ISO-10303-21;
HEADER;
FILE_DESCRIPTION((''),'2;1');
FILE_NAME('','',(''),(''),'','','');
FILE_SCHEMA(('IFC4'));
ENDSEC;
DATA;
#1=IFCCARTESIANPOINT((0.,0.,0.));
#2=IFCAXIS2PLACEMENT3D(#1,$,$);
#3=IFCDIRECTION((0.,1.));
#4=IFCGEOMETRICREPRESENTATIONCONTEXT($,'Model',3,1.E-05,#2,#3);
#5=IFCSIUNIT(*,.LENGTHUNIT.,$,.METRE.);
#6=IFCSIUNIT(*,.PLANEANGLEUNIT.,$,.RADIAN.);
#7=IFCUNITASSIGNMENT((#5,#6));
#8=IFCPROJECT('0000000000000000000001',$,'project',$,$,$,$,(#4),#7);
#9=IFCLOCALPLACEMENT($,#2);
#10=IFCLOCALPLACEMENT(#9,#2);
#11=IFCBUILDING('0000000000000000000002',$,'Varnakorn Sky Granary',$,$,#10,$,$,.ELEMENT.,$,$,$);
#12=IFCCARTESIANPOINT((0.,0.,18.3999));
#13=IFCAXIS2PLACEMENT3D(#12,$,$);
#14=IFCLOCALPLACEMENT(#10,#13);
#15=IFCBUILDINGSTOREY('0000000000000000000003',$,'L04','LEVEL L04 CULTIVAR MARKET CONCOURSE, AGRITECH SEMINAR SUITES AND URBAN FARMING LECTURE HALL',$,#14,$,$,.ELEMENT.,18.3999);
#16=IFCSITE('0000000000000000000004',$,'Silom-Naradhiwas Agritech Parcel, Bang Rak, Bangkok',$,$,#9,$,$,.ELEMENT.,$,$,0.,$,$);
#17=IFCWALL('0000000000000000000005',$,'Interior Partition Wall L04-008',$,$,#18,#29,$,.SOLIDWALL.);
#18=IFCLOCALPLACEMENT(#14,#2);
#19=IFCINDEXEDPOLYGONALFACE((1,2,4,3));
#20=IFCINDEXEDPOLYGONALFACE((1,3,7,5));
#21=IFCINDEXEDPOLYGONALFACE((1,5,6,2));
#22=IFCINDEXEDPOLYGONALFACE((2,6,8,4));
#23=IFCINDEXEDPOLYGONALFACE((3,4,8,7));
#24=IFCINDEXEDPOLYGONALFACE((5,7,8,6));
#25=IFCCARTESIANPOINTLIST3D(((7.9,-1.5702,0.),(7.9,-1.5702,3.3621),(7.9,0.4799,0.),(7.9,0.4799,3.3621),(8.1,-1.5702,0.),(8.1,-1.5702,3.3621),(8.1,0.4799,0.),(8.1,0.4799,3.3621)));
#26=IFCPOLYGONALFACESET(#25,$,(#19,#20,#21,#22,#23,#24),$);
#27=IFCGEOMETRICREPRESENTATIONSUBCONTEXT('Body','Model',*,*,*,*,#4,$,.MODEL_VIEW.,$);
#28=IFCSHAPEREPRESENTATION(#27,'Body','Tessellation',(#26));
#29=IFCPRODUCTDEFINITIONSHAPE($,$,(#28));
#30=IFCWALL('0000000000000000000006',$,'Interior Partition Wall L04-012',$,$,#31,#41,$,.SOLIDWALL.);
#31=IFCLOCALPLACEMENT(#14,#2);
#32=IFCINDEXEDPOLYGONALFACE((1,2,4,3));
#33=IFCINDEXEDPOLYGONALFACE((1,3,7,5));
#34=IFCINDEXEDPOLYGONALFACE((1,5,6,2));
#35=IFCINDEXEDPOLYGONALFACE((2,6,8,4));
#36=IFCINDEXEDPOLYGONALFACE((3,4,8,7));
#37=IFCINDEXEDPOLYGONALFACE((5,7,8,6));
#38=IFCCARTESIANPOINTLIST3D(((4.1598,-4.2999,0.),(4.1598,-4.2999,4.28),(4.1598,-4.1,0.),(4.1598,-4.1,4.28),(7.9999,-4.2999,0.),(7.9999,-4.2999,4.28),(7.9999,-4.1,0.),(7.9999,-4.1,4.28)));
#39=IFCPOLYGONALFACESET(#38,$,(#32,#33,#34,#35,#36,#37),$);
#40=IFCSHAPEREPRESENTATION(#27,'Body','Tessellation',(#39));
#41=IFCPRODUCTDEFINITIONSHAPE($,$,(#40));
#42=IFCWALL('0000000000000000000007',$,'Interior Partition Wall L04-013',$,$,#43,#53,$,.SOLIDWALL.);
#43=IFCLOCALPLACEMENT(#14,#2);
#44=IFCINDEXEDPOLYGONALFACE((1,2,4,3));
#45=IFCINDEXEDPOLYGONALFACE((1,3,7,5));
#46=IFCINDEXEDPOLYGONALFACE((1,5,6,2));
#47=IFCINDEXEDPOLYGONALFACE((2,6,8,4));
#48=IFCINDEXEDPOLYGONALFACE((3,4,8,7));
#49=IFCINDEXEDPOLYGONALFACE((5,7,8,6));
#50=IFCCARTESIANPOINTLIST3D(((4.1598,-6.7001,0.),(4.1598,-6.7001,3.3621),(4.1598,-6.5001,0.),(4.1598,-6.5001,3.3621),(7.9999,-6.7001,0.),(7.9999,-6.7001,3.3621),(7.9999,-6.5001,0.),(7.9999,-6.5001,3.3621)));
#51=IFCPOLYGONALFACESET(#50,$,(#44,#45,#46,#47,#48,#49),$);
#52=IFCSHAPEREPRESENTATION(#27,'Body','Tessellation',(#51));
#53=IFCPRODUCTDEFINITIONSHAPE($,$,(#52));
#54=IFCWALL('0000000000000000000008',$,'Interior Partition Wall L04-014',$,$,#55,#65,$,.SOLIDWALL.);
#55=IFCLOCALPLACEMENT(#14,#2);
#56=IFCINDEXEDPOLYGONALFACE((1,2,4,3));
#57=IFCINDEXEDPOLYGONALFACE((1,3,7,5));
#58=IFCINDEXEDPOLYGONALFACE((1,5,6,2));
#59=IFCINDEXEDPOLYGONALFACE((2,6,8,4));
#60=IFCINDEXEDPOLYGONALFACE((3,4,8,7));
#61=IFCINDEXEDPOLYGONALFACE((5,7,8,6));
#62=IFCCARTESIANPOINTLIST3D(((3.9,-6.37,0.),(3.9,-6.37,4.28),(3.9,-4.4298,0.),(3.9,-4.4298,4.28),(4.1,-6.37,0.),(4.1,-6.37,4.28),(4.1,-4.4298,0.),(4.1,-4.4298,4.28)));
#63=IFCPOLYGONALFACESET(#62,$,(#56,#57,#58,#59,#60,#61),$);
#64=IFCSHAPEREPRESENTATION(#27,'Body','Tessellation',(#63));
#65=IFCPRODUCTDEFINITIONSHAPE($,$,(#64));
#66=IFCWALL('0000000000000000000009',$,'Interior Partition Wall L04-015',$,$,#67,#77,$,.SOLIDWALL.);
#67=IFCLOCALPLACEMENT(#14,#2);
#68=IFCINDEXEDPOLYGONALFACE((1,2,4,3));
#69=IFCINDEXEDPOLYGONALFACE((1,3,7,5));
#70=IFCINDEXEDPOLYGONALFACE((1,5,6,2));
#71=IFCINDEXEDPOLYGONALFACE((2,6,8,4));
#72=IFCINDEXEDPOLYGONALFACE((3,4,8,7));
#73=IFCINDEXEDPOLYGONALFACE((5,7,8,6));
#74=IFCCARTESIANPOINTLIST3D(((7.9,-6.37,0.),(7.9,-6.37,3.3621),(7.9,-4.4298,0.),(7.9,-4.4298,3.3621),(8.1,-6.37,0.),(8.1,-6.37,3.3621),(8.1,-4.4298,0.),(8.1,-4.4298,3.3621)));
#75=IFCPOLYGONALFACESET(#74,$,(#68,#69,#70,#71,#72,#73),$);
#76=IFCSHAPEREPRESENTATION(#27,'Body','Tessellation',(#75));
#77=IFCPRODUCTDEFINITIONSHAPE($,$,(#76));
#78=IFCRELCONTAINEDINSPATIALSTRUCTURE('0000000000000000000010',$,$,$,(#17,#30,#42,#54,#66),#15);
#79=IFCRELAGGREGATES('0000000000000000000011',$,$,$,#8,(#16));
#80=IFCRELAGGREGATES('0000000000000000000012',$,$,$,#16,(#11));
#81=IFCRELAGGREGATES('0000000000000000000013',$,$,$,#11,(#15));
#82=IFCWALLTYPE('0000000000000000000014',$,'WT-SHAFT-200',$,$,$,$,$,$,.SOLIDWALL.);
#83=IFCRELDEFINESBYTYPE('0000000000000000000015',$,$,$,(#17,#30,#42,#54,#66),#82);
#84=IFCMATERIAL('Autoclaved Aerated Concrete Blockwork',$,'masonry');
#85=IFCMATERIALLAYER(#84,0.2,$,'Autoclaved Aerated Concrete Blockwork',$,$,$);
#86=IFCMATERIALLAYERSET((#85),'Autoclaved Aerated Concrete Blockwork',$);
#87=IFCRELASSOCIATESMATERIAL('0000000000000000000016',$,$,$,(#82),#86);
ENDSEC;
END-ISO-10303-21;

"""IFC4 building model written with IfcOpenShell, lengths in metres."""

from ifc_helpers import new_model, si_unit, direction, frame, frame_2d, origin, place, context, subcontext, project, spatial, rectangle, extrude, material, layer, layer_set, type_object, element, save


model = new_model("IFC4")

# Units and contexts
model_context = context("Model", 3, precision=1e-05, world=origin(), true_north=direction((0.0, 1.0)))
body_context = subcontext(model_context, "Body", "Model", "MODEL_VIEW")
ifc_project = project(units=[si_unit("LENGTHUNIT", "METRE"), si_unit("PLANEANGLEUNIT", "RADIAN")], contexts=[model_context])

# Site, building, storey
site_placement = place(None, origin())
site = spatial("IfcSite", under=ifc_project, at=site_placement, Name="Silom-Naradhiwas Agritech Parcel, Bang Rak, Bangkok", CompositionType="ELEMENT", RefElevation=0.0)
building_placement = place(site_placement, origin())
building = spatial("IfcBuilding", under=site, at=building_placement, Name="Varnakorn Sky Granary", CompositionType="ELEMENT")
storey_placement = place(building_placement, frame((0.0, 0.0, 18.3999)))
storey = spatial("IfcBuildingStorey", under=building, at=storey_placement, Name="L04", Description="LEVEL L04 CULTIVAR MARKET CONCOURSE, AGRITECH SEMINAR SUITES AND URBAN FARMING LECTURE HALL", CompositionType="ELEMENT", Elevation=18.3999)

# Shared definitions
ifc_material_1 = material(Name="Autoclaved Aerated Concrete Blockwork", Category="masonry")

# Walls
ifc_layer_1 = layer(ifc_material_1, 0.2, Name="Autoclaved Aerated Concrete Blockwork")
ifc_layer_set_1 = layer_set([ifc_layer_1], Name="Autoclaved Aerated Concrete Blockwork")
wall_type_1 = type_object("IfcWallType", Name="WT-SHAFT-200", PredefinedType="SOLIDWALL", material=ifc_layer_set_1)
wall_1_placement = place(storey_placement, frame((8.0, -1.5701, 0.0), z_axis=(0.0, 0.0, 1.0), x_axis=(0.0, 1.0, 0.0)))
element("IfcWall", 1, at=wall_1_placement, inside=storey, type_object=wall_type_1, Name="Interior Partition Wall L04-008", PredefinedType="SOLIDWALL", context=body_context, shape_type="SweptSolid", body=[
    extrude(rectangle(XDim=2.05, YDim=0.2, at=frame_2d((1.0249, 0.0))), origin(), (0.0, 0.0, 1.0), 3.3621),
])
wall_2_placement = place(storey_placement, frame((4.1599, -4.2, 0.0), z_axis=(0.0, 0.0, 1.0), x_axis=(1.0, 0.0, 0.0)))
element("IfcWall", 2, at=wall_2_placement, inside=storey, type_object=wall_type_1, Name="Interior Partition Wall L04-012", PredefinedType="SOLIDWALL", context=body_context, shape_type="SweptSolid", body=[
    extrude(rectangle(XDim=3.8401, YDim=0.2, at=frame_2d((1.9199, 0.0))), origin(), (0.0, 0.0, 1.0), 4.28),
])
wall_3_placement = place(storey_placement, frame((4.1599, -6.6001, 0.0), z_axis=(0.0, 0.0, 1.0), x_axis=(1.0, 0.0, 0.0)))
element("IfcWall", 3, at=wall_3_placement, inside=storey, type_object=wall_type_1, Name="Interior Partition Wall L04-013", PredefinedType="SOLIDWALL", context=body_context, shape_type="SweptSolid", body=[
    extrude(rectangle(XDim=3.8401, YDim=0.2, at=frame_2d((1.9199, 0.0))), origin(), (0.0, 0.0, 1.0), 3.3621),
])
wall_4_placement = place(storey_placement, frame((4.0, -6.3701, 0.0), z_axis=(0.0, 0.0, 1.0), x_axis=(0.0, 1.0, 0.0)))
element("IfcWall", 4, at=wall_4_placement, inside=storey, type_object=wall_type_1, Name="Interior Partition Wall L04-014", PredefinedType="SOLIDWALL", context=body_context, shape_type="SweptSolid", body=[
    extrude(rectangle(XDim=1.9402, YDim=0.2, at=frame_2d((0.9702, 0.0))), origin(), (0.0, 0.0, 1.0), 4.28),
])
wall_5_placement = place(storey_placement, frame((8.0, -6.3701, 0.0), z_axis=(0.0, 0.0, 1.0), x_axis=(0.0, 1.0, 0.0)))
element("IfcWall", 5, at=wall_5_placement, inside=storey, type_object=wall_type_1, Name="Interior Partition Wall L04-015", PredefinedType="SOLIDWALL", context=body_context, shape_type="SweptSolid", body=[
    extrude(rectangle(XDim=1.9402, YDim=0.2, at=frame_2d((0.9702, 0.0))), origin(), (0.0, 0.0, 1.0), 3.3621),
])

save(model, "model.ifc")
